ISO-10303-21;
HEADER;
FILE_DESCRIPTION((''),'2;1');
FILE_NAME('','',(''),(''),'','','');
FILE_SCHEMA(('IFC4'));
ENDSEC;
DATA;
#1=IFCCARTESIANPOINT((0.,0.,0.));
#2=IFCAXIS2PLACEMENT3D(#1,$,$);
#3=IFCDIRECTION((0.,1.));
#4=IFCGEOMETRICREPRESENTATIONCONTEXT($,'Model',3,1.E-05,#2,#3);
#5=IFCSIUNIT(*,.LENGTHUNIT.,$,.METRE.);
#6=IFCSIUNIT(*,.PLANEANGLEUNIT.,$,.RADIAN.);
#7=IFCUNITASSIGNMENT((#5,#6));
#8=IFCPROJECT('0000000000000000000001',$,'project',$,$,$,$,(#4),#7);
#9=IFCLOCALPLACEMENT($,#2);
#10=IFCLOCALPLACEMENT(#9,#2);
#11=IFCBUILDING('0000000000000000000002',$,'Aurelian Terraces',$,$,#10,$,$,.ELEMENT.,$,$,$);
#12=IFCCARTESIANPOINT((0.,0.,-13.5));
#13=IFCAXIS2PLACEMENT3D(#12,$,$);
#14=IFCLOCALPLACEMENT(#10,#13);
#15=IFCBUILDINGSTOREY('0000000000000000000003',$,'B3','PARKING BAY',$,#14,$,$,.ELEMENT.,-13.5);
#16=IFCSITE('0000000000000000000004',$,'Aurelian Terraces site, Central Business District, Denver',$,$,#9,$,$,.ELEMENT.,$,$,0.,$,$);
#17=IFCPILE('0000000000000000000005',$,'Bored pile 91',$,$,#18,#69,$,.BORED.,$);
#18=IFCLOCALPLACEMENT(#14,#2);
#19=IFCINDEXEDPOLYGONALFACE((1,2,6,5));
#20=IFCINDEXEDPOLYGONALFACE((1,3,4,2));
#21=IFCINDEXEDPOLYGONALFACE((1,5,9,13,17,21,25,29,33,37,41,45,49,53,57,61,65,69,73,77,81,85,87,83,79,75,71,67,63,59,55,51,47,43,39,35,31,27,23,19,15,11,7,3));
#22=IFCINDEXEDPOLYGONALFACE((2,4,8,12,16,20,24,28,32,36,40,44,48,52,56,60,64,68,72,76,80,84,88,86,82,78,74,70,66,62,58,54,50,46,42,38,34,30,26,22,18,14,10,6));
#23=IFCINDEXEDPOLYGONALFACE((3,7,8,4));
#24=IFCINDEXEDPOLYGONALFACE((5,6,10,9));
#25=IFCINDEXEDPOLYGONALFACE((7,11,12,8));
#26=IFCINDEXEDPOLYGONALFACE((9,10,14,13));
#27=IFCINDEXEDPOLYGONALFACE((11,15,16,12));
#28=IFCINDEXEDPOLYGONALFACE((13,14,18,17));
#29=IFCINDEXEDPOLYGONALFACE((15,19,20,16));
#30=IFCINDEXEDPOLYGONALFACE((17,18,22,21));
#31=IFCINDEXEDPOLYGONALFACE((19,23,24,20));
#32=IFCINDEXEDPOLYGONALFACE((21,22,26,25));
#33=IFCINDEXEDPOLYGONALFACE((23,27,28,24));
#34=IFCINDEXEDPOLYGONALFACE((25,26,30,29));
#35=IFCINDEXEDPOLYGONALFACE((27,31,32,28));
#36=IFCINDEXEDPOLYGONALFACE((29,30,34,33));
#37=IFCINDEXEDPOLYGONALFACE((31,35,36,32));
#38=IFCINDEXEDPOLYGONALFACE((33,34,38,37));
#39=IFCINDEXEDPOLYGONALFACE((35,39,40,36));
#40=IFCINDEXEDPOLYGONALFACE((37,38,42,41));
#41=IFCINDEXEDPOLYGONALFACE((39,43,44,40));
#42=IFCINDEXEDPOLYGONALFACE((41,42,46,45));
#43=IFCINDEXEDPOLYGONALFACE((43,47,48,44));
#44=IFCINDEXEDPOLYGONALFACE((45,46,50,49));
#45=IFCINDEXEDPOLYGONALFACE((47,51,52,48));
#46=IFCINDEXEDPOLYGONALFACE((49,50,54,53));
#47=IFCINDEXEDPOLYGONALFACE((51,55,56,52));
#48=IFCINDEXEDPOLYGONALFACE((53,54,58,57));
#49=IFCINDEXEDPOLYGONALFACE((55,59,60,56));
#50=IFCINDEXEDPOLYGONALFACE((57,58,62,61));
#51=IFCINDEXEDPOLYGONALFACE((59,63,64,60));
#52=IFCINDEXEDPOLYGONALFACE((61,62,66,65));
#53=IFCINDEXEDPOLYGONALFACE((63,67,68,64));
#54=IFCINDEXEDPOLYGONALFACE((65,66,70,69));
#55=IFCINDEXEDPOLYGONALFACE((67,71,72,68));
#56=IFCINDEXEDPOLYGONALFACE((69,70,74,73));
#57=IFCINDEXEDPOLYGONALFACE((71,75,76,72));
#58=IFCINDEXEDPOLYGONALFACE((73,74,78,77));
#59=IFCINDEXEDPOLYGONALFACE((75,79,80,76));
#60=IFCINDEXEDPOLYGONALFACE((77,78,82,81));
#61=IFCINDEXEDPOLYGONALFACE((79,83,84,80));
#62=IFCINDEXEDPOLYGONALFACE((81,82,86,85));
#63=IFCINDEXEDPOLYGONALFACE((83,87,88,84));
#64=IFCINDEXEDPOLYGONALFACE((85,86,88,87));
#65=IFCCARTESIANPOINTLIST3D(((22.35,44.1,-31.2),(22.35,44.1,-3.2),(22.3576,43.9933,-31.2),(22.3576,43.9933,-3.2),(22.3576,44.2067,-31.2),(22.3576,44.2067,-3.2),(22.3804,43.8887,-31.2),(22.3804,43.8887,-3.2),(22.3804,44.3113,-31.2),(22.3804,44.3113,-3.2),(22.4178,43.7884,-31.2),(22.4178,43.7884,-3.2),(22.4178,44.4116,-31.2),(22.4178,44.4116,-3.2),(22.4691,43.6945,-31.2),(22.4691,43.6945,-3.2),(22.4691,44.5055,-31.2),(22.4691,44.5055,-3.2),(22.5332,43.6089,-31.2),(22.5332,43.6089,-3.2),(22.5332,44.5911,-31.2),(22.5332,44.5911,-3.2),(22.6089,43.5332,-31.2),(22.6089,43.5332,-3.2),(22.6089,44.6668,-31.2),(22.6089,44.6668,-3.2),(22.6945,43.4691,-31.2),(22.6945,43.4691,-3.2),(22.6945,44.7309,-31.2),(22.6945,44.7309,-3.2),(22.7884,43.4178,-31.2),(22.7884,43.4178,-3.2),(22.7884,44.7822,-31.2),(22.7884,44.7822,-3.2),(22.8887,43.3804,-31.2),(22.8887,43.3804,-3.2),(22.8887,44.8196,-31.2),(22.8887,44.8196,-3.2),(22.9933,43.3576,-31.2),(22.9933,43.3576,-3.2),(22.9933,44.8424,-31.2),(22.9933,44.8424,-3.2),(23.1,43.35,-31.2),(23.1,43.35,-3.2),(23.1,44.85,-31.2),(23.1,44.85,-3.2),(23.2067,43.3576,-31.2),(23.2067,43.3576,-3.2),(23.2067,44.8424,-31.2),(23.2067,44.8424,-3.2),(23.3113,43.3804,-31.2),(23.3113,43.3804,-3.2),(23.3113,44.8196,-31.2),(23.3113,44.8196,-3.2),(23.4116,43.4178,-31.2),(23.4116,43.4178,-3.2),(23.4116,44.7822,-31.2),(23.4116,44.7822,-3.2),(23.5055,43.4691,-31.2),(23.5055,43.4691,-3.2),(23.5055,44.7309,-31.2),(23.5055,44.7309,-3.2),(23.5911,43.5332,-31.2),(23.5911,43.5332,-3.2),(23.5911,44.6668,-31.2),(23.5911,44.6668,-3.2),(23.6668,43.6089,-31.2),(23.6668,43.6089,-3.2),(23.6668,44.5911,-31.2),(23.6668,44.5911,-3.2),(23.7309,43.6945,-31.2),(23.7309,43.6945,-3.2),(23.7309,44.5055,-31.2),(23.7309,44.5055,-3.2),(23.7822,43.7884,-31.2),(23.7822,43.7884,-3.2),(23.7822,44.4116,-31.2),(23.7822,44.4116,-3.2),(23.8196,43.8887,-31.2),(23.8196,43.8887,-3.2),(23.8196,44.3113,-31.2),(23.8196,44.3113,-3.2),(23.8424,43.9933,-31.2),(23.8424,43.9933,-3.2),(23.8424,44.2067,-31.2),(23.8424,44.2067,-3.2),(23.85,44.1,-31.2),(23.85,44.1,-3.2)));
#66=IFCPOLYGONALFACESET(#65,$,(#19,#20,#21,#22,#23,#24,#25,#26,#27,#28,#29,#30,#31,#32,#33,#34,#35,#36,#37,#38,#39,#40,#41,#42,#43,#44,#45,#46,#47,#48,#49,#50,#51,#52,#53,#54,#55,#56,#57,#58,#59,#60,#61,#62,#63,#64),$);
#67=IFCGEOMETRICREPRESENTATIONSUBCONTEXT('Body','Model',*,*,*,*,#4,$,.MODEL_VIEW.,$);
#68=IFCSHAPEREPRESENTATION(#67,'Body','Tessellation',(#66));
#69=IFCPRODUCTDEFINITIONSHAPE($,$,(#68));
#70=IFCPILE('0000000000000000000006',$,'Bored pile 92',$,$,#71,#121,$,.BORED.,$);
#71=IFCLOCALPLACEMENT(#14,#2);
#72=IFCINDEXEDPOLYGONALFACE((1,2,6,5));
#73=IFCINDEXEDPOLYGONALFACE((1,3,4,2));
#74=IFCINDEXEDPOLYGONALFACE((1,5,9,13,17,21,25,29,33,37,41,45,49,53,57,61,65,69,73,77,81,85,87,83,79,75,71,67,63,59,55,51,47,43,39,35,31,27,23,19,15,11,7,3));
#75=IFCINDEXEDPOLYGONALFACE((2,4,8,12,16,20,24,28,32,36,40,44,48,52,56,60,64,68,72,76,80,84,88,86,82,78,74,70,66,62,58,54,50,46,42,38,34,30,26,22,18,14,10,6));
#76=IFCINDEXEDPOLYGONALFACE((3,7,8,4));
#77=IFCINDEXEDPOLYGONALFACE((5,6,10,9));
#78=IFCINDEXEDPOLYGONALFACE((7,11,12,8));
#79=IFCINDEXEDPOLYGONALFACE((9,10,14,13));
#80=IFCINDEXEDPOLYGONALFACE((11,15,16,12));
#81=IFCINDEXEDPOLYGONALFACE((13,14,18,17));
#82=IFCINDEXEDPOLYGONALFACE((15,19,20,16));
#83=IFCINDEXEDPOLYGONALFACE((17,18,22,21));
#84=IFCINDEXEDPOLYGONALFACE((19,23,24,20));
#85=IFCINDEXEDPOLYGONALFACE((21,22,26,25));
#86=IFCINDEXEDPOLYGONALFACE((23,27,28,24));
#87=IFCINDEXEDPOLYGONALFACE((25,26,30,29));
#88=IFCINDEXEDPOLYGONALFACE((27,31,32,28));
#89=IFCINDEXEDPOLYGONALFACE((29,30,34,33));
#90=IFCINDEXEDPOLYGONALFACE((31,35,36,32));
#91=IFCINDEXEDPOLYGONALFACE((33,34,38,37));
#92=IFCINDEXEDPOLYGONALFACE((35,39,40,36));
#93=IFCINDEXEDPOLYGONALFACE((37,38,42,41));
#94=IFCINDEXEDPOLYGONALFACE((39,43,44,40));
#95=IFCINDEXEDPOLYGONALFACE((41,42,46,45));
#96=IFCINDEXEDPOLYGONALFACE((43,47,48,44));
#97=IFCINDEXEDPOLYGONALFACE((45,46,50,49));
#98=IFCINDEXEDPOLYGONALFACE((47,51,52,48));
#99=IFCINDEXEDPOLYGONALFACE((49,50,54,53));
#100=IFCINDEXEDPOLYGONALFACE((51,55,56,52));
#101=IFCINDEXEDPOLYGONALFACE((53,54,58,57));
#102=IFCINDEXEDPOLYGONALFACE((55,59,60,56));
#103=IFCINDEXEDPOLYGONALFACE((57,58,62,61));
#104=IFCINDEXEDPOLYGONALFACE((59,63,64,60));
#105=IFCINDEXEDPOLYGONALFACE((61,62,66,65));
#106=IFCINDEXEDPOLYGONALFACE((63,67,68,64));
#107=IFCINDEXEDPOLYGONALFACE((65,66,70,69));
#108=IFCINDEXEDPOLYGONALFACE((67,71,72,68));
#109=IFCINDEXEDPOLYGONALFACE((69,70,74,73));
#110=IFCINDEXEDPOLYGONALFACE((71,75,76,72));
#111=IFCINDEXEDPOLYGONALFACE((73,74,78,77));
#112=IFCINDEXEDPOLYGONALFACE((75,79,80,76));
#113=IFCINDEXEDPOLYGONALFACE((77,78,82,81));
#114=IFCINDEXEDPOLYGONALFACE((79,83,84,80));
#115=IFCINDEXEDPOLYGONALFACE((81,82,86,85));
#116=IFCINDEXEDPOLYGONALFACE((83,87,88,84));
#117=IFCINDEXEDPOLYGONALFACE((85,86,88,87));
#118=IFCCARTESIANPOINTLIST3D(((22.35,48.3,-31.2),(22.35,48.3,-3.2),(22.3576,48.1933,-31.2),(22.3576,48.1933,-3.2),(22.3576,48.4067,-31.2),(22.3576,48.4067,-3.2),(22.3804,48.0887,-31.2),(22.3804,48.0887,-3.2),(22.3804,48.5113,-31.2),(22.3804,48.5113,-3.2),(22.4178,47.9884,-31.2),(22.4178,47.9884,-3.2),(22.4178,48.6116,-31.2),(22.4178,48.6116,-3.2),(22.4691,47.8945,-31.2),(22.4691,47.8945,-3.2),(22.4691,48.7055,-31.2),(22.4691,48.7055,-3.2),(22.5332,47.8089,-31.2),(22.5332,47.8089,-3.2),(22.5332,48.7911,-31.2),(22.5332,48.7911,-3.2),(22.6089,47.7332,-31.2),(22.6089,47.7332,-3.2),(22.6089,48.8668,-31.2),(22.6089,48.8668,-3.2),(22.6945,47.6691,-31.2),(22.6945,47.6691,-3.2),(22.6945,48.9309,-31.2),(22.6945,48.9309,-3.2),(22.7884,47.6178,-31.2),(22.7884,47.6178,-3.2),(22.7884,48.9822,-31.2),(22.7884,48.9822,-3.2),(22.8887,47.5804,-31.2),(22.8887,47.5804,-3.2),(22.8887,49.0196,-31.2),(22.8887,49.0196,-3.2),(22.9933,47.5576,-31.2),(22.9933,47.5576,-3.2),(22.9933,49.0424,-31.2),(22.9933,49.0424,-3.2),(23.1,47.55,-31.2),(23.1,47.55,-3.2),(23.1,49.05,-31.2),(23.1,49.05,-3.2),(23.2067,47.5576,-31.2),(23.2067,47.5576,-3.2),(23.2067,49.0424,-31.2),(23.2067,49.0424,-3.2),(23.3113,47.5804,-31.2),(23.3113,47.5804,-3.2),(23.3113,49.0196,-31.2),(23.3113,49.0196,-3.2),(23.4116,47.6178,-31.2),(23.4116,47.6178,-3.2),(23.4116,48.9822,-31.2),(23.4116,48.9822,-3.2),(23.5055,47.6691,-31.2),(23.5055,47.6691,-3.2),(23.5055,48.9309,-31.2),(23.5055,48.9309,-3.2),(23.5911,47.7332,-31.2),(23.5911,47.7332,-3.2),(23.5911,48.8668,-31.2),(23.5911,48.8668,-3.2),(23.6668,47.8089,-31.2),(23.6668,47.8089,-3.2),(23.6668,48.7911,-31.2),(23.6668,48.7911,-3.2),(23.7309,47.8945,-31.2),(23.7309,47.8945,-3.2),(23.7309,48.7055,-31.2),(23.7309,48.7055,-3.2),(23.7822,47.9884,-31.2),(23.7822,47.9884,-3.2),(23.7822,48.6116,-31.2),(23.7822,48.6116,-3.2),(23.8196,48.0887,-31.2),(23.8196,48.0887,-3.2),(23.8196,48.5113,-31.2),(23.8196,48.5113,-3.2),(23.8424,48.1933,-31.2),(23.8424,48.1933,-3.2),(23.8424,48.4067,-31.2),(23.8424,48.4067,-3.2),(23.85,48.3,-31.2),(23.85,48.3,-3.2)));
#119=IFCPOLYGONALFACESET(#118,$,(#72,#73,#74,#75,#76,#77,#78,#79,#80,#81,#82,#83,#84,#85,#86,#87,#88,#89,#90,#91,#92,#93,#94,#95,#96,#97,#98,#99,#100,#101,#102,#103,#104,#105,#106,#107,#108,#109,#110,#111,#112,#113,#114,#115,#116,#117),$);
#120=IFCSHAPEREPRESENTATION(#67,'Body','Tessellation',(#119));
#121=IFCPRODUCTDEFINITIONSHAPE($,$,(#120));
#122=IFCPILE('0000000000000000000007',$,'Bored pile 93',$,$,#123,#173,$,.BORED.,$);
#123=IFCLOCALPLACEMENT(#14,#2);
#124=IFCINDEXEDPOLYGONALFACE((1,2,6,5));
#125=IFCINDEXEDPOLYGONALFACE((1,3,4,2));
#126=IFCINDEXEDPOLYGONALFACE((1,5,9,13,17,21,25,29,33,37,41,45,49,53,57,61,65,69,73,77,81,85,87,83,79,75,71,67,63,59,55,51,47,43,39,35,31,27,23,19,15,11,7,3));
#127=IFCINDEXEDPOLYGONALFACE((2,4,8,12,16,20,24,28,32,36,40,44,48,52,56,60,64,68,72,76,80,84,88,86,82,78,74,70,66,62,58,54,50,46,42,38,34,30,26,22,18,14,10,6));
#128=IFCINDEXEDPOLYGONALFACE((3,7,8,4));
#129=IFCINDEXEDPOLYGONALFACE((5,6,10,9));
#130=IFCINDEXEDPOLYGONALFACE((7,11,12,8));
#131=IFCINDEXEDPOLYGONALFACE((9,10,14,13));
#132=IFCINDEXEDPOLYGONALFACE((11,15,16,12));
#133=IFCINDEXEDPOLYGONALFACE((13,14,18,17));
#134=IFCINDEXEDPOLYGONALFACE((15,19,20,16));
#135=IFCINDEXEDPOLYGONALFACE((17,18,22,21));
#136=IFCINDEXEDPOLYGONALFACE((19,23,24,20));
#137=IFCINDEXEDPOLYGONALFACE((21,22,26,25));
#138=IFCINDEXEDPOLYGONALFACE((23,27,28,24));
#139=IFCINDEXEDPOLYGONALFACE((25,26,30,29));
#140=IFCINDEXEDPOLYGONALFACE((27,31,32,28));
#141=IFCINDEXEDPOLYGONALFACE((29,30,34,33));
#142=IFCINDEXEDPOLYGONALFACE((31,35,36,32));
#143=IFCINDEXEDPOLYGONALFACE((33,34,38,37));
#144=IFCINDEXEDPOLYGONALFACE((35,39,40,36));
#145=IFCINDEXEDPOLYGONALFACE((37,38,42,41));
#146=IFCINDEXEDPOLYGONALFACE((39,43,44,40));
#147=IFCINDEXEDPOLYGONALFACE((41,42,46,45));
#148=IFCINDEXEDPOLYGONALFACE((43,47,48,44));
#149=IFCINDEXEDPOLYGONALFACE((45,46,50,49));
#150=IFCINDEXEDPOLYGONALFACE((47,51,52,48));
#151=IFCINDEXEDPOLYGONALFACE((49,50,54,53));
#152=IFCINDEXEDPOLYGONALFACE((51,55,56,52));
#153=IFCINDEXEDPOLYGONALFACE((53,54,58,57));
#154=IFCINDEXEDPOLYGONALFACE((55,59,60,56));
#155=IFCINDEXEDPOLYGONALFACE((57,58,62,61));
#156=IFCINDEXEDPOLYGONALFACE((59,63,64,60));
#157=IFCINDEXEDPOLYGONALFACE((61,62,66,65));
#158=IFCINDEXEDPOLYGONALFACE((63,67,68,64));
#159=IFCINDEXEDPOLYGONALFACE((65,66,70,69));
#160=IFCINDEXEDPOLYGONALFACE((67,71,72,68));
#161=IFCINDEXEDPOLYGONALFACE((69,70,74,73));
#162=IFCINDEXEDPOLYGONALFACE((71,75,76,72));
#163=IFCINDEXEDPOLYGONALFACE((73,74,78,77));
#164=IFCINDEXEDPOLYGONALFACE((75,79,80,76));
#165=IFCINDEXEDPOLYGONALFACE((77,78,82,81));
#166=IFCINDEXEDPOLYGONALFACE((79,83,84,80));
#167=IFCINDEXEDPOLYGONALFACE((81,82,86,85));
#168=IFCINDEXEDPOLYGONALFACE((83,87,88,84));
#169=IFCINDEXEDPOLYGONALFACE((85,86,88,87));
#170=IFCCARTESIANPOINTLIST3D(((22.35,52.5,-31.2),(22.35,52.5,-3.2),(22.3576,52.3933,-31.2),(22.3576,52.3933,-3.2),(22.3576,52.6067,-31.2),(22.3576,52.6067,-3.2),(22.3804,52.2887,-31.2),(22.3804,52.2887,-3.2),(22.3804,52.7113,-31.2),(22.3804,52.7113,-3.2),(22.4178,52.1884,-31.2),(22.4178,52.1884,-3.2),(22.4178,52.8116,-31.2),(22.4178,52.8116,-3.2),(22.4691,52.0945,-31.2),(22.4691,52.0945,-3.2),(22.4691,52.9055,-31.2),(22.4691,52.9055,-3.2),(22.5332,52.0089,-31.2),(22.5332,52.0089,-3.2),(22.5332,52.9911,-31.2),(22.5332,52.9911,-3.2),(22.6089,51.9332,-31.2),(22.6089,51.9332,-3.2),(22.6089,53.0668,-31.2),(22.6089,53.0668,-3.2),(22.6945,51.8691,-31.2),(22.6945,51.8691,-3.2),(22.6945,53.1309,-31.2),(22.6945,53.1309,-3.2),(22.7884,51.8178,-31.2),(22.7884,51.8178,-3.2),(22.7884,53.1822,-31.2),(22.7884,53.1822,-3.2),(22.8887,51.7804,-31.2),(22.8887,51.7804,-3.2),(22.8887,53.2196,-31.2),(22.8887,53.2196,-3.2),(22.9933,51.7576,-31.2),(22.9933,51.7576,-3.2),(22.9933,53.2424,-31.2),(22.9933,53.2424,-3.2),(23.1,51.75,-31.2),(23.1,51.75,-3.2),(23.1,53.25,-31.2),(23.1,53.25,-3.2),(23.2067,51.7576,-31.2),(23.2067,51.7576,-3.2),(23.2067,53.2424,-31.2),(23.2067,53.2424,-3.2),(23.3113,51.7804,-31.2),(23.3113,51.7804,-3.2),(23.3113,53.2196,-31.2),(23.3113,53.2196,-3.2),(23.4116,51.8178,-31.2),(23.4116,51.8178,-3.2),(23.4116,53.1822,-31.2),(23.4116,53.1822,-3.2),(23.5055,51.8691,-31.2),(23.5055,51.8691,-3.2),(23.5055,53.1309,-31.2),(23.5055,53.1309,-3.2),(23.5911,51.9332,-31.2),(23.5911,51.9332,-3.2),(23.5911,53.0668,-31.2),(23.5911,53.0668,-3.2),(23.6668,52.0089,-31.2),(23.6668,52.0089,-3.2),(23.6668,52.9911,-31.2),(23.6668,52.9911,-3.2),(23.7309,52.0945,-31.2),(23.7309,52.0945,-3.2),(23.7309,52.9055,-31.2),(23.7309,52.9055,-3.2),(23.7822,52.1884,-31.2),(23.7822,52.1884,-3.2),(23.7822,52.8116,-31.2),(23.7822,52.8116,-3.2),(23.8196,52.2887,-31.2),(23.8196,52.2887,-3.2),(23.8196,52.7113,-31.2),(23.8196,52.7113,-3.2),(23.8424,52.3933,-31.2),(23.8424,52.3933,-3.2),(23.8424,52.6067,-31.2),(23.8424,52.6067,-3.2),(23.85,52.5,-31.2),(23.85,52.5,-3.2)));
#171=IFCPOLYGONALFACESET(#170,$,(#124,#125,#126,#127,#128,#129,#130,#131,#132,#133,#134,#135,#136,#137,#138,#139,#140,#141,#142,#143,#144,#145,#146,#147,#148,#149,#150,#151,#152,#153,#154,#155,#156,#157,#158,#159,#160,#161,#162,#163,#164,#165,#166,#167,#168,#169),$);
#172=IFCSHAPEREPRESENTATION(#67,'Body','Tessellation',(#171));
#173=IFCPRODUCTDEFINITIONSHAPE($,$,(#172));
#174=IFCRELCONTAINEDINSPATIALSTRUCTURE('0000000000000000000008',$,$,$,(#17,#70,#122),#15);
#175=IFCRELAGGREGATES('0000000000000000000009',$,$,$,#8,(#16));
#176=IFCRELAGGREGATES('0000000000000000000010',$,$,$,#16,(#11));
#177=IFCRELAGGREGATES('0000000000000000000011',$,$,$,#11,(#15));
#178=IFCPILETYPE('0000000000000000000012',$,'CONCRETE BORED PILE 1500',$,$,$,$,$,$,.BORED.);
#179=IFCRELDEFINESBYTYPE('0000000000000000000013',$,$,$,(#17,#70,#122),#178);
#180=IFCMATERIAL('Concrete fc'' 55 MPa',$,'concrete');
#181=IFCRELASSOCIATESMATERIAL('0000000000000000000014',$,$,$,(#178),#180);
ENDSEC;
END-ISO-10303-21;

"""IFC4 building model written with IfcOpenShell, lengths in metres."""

from ifc_helpers import new_model, si_unit, direction, frame, origin, origin_2d, place, context, subcontext, project, spatial, circle, extrude, source, transform, mapped, material, material_profile, profile_set, type_object, element, save


model = new_model("IFC4")

# Units and contexts
model_context = context("Model", 3, precision=1e-05, world=origin(), true_north=direction((0.0, 1.0)))
body_context = subcontext(model_context, "Body", "Model", "MODEL_VIEW")
ifc_project = project(units=[si_unit("LENGTHUNIT", "METRE"), si_unit("PLANEANGLEUNIT", "RADIAN")], contexts=[model_context])

# Site, building, storey
site_placement = place(None, origin())
site = spatial("IfcSite", under=ifc_project, at=site_placement, Name="Aurelian Terraces site, Central Business District, Denver", CompositionType="ELEMENT", RefElevation=0.0)
building_placement = place(site_placement, origin())
building = spatial("IfcBuilding", under=site, at=building_placement, Name="Aurelian Terraces", CompositionType="ELEMENT")
storey_placement = place(building_placement, frame((0.0, 0.0, -13.5)))
storey = spatial("IfcBuildingStorey", under=building, at=storey_placement, Name="B3", Description="PARKING BAY", CompositionType="ELEMENT", Elevation=-13.5)

# Piles
ifc_material_1 = material(Name="Concrete fc' 55 MPa", Category="concrete")
ifc_material_profile_1 = material_profile(ifc_material_1, circle(Radius=0.75, at=origin_2d()))
ifc_profile_set_1 = profile_set([ifc_material_profile_1], Name="Concrete fc' 55 MPa")
pile_type = type_object("IfcPileType", Name="CONCRETE BORED PILE 1500", PredefinedType="BORED", material=ifc_profile_set_1)
shared_shape_1 = source(origin(), body_context, "Body", "SweptSolid", [
    extrude(circle(Radius=0.75, at=origin_2d()), origin(), (0.0, 0.0, 1.0), 28.0),
])
for number, where, z_axis, x_axis, name in (
    (1, (23.1, 44.1, -3.2), (0.0, 0.0, -1.0), (1.0, 0.0, 0.0), "Bored pile 91"),
    (2, (23.1, 48.3, -3.2), (0.0, 0.0, -1.0), (1.0, 0.0, 0.0), "Bored pile 92"),
    (3, (23.1, 52.5, -3.2), (0.0, 0.0, -1.0), (1.0, 0.0, 0.0), "Bored pile 93"),
):
    element("IfcPile", number, at=place(storey_placement, frame(where, z_axis=z_axis, x_axis=x_axis)), inside=storey, type_object=pile_type, Name=name, PredefinedType="BORED", context=body_context, shape_type="MappedRepresentation", body=[
        mapped(shared_shape_1, transform((0.0, 0.0, 0.0), scale=1.0)),
    ])

save(model, "model.ifc")
